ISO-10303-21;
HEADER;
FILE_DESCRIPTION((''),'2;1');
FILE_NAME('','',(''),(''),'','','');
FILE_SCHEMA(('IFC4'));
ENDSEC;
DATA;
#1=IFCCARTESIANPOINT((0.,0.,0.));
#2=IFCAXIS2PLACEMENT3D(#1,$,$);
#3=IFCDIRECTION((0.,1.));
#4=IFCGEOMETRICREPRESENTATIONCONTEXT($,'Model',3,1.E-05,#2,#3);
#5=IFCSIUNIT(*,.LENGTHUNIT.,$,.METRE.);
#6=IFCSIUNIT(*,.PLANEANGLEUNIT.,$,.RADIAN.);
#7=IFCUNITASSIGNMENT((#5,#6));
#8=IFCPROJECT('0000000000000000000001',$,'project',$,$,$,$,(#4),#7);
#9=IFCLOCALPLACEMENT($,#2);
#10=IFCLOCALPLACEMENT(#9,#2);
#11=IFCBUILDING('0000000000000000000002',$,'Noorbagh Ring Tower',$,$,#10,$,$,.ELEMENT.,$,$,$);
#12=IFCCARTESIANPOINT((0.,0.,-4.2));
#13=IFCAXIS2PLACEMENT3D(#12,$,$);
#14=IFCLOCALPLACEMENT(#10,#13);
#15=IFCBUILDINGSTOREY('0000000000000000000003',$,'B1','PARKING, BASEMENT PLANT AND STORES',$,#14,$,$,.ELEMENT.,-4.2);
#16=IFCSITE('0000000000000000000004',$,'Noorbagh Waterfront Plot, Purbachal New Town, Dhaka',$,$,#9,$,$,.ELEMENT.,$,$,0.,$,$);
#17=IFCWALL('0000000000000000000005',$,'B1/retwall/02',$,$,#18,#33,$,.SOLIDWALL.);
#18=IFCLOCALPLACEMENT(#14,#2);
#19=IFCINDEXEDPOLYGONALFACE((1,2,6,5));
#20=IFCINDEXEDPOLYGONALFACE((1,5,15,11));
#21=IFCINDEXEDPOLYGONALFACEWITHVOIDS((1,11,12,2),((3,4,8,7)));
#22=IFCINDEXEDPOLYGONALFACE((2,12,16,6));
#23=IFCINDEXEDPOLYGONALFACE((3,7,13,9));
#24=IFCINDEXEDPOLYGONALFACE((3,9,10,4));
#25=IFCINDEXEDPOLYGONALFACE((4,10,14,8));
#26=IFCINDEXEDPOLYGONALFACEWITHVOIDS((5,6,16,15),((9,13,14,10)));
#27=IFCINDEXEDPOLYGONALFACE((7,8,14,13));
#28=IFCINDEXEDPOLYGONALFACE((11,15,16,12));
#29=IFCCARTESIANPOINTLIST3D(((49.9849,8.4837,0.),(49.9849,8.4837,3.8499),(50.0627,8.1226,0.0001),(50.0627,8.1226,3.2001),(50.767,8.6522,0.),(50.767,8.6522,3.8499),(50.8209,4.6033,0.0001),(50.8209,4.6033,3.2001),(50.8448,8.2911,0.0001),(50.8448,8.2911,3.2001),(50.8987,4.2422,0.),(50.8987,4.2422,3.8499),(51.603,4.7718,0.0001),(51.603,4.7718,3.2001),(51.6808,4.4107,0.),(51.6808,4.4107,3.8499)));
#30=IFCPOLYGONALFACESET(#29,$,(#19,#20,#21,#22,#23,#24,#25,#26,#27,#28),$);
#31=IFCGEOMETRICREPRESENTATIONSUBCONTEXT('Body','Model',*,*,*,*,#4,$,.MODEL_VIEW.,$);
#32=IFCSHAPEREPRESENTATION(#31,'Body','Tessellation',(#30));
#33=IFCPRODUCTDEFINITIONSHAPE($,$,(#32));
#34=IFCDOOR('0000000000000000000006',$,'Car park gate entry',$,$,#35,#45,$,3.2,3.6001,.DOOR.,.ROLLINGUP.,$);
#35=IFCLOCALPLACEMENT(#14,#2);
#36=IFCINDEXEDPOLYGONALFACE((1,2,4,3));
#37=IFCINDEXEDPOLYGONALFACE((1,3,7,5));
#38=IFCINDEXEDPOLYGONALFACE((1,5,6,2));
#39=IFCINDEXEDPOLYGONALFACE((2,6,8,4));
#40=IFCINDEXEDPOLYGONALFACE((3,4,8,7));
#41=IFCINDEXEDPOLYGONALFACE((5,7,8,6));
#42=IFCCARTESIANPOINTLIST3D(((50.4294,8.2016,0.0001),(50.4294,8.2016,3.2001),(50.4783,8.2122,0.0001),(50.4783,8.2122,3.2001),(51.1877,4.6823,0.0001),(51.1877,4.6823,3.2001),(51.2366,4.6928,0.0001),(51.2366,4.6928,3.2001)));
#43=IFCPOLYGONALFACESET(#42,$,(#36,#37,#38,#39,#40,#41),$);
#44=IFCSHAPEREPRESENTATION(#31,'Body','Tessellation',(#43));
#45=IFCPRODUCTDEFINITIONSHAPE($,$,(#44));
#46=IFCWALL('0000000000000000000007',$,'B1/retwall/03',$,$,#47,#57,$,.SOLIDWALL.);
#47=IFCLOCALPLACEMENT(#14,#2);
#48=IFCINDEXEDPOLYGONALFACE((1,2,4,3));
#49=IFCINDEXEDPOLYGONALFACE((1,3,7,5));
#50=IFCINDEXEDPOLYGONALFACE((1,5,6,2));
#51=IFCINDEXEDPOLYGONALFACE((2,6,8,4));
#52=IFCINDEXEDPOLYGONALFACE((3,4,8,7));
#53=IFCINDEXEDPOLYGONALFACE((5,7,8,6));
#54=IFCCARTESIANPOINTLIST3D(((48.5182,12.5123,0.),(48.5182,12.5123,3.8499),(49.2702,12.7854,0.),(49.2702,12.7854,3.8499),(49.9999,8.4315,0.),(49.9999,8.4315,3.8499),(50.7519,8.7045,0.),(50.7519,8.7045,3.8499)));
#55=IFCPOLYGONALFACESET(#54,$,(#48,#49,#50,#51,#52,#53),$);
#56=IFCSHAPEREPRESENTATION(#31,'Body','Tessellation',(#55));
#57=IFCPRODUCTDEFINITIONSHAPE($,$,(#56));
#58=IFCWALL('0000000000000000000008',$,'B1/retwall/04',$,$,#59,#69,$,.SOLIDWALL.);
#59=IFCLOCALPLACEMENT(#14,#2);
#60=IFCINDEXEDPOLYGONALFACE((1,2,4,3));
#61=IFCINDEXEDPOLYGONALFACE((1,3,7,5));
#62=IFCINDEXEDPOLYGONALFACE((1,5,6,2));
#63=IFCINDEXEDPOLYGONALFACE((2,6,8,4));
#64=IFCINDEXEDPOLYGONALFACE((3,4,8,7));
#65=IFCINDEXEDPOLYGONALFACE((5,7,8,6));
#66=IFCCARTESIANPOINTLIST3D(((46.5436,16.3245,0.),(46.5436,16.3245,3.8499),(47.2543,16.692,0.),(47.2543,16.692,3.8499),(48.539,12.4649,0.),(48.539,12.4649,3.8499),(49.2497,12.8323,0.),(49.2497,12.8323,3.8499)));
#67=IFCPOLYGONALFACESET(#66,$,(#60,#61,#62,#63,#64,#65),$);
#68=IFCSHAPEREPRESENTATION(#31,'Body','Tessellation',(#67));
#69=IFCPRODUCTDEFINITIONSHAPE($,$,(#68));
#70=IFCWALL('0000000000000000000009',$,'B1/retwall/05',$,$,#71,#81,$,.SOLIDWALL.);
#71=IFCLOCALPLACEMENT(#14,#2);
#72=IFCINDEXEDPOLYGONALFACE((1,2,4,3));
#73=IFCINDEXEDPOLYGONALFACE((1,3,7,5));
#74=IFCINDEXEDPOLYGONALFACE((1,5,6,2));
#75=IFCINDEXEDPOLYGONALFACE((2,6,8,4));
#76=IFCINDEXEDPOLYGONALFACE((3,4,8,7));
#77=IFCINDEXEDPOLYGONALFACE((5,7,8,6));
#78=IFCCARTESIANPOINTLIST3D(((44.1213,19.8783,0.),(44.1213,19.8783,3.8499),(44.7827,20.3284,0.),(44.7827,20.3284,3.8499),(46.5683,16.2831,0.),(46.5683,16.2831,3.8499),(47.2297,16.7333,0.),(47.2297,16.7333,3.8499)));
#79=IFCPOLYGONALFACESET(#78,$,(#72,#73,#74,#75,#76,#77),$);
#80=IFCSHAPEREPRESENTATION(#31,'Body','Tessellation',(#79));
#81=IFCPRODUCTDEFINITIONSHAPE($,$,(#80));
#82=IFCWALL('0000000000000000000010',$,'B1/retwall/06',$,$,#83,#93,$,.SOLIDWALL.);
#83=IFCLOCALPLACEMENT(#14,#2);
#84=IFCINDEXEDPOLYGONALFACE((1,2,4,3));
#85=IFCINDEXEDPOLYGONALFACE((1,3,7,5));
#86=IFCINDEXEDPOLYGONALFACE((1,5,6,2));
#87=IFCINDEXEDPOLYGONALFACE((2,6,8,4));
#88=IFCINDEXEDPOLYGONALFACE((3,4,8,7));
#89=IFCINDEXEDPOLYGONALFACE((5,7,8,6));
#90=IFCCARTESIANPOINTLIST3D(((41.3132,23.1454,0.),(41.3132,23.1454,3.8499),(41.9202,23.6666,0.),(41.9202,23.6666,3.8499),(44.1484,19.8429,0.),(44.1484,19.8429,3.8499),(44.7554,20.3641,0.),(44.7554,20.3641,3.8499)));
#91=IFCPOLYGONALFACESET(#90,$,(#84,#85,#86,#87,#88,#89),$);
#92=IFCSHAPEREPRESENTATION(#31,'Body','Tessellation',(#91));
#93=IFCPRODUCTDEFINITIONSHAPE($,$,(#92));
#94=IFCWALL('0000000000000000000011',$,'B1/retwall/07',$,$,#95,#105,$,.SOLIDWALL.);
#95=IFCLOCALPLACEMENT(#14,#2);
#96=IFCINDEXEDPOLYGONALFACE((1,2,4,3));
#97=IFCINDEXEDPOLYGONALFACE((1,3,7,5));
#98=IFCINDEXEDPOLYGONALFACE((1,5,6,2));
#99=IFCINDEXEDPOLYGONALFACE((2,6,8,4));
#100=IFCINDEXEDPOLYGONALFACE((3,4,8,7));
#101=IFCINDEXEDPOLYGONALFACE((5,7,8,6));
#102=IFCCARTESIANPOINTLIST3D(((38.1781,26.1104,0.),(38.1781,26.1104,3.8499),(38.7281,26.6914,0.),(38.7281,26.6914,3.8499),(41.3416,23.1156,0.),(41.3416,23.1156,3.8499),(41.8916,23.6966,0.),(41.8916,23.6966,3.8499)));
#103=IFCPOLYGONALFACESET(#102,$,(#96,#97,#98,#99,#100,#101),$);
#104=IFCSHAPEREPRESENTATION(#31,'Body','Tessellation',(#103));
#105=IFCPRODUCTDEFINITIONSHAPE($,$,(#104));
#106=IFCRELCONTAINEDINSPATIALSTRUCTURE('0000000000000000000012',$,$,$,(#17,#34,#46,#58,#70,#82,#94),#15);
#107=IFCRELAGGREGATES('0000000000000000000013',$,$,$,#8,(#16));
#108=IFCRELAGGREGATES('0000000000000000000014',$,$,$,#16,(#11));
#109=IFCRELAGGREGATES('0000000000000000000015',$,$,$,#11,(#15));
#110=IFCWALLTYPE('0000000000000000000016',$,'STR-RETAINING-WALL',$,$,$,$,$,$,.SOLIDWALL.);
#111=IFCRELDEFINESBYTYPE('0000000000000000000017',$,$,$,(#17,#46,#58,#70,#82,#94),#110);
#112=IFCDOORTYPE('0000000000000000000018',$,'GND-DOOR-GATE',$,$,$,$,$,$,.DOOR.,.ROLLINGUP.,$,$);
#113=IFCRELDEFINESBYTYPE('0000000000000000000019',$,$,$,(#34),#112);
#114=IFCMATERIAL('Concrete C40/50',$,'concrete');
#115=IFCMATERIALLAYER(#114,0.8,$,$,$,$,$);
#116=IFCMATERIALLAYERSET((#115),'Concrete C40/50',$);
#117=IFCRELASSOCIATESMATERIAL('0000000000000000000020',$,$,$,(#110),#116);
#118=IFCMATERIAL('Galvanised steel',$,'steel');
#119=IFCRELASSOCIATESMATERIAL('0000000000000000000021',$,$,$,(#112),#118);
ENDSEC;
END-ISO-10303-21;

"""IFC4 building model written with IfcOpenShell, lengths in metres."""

from ifc_helpers import new_model, si_unit, direction, frame, frame_2d, origin, place, context, subcontext, project, spatial, rectangle, extrude, material, layer, layer_set, type_object, element, fill, save


model = new_model("IFC4")

# Units and contexts
model_context = context("Model", 3, precision=1e-05, world=origin(), true_north=direction((0.0, 1.0)))
body_context = subcontext(model_context, "Body", "Model", "MODEL_VIEW")
ifc_project = project(units=[si_unit("LENGTHUNIT", "METRE"), si_unit("PLANEANGLEUNIT", "RADIAN")], contexts=[model_context])

# Site, building, storey
site_placement = place(None, origin())
site = spatial("IfcSite", under=ifc_project, at=site_placement, Name="Noorbagh Waterfront Plot, Purbachal New Town, Dhaka", CompositionType="ELEMENT", RefElevation=0.0)
building_placement = place(site_placement, origin())
building = spatial("IfcBuilding", under=site, at=building_placement, Name="Noorbagh Ring Tower", CompositionType="ELEMENT")
storey_placement = place(building_placement, frame((0.0, 0.0, -4.2)))
storey = spatial("IfcBuildingStorey", under=building, at=storey_placement, Name="B1", Description="PARKING, BASEMENT PLANT AND STORES", CompositionType="ELEMENT", Elevation=-4.2)

# Shared definitions
ifc_material_1 = material(Name="Concrete C40/50", Category="concrete")
ifc_layer_1 = layer(ifc_material_1, 0.8)
ifc_layer_set_1 = layer_set([ifc_layer_1], Name="Concrete C40/50")
wall_type_1 = type_object("IfcWallType", Name="STR-RETAINING-WALL", PredefinedType="SOLIDWALL", material=ifc_layer_set_1)

# Wall, opening, door
wall_1_placement = place(storey_placement, frame((51.2898, 4.3264, 0.0), z_axis=(0.0, 0.0, 1.0), x_axis=(-0.210616, 0.977569, 0.0)))
wall_1 = element("IfcWall", 1, at=wall_1_placement, inside=storey, type_object=wall_type_1, Name="B1/retwall/02", PredefinedType="SOLIDWALL", context=body_context, shape_type="SweptSolid", body=[
    extrude(rectangle(XDim=4.3389, YDim=0.8, at=frame_2d((2.1694, 0.0))), origin(), (0.0, 0.0, 1.0), 3.8499),
])
opening_placement = place(wall_1_placement, frame((0.3694, 0.0, 0.0)))
opening = element("IfcOpeningElement", 2, at=opening_placement, cuts=wall_1, PredefinedType="OPENING", context=body_context, shape_type="SweptSolid", body=[
    extrude(rectangle(XDim=3.6001, YDim=3.2, at=frame_2d((1.8, 1.6001))), frame((0.0, 0.4102, 0.0), z_axis=(0.0, -1.0, 0.0), x_axis=(1.0, 0.0, 0.0)), (0.0, 0.0, 1.0), 0.8201),
])
ifc_material_2 = material(Name="Galvanised steel", Category="steel")
door_type = type_object("IfcDoorType", Name="GND-DOOR-GATE", OperationType="ROLLINGUP", PredefinedType="DOOR", material=ifc_material_2)
door_placement = place(opening_placement, origin())
door = element("IfcDoor", 3, at=door_placement, inside=storey, type_object=door_type, Name="Car park gate entry", OperationType="ROLLINGUP", OverallHeight=3.2, OverallWidth=3.6001, PredefinedType="DOOR", context=body_context, shape_type="SweptSolid", body=[
    extrude(rectangle(XDim=3.6001, YDim=3.2, at=frame_2d((1.8, 1.6001))), frame((0.0, 0.0249, 0.0), z_axis=(0.0, -1.0, 0.0), x_axis=(1.0, 0.0, 0.0)), (0.0, 0.0, 1.0), 0.05),
])
fill(opening, door)

# Walls
wall_2_placement = place(storey_placement, frame((50.376, 8.5679, 0.0), z_axis=(0.0, 0.0, 1.0), x_axis=(-0.341287, 0.939959, 0.0)))
element("IfcWall", 4, at=wall_2_placement, inside=storey, type_object=wall_type_1, Name="B1/retwall/03", PredefinedType="SOLIDWALL", context=body_context, shape_type="SweptSolid", body=[
    extrude(rectangle(XDim=4.3416, YDim=0.8, at=frame_2d((2.1709, 0.0))), origin(), (0.0, 0.0, 1.0), 3.8499),
])
wall_3_placement = place(storey_placement, frame((48.8943, 12.6487, 0.0), z_axis=(0.0, 0.0, 1.0), x_axis=(-0.459243, 0.888311, 0.0)))
element("IfcWall", 5, at=wall_3_placement, inside=storey, type_object=wall_type_1, Name="B1/retwall/04", PredefinedType="SOLIDWALL", context=body_context, shape_type="SweptSolid", body=[
    extrude(rectangle(XDim=4.345, YDim=0.8, at=frame_2d((2.1724, 0.0))), origin(), (0.0, 0.0, 1.0), 3.8499),
])
wall_4_placement = place(storey_placement, frame((46.8989, 16.5083, 0.0), z_axis=(0.0, 0.0, 1.0), x_axis=(-0.562668, 0.826683, 0.0)))
element("IfcWall", 6, at=wall_4_placement, inside=storey, type_object=wall_type_1, Name="B1/retwall/05", PredefinedType="SOLIDWALL", context=body_context, shape_type="SweptSolid", body=[
    extrude(rectangle(XDim=4.3489, YDim=0.8, at=frame_2d((2.1743, 0.0))), origin(), (0.0, 0.0, 1.0), 3.8499),
])
wall_5_placement = place(storey_placement, frame((44.4519, 20.1035, 0.0), z_axis=(0.0, 0.0, 1.0), x_axis=(-0.651387, 0.758746, 0.0)))
element("IfcWall", 7, at=wall_5_placement, inside=storey, type_object=wall_type_1, Name="B1/retwall/06", PredefinedType="SOLIDWALL", context=body_context, shape_type="SweptSolid", body=[
    extrude(rectangle(XDim=4.3525, YDim=0.8, at=frame_2d((2.1763, 0.0))), origin(), (0.0, 0.0, 1.0), 3.8499),
])
wall_6_placement = place(storey_placement, frame((41.6167, 23.406, 0.0), z_axis=(0.0, 0.0, 1.0), x_axis=(-0.726204, 0.687479, 0.0)))
element("IfcWall", 8, at=wall_6_placement, inside=storey, type_object=wall_type_1, Name="B1/retwall/07", PredefinedType="SOLIDWALL", context=body_context, shape_type="SweptSolid", body=[
    extrude(rectangle(XDim=4.3562, YDim=0.8, at=frame_2d((2.1782, 0.0))), origin(), (0.0, 0.0, 1.0), 3.8499),
])

save(model, "model.ifc")
